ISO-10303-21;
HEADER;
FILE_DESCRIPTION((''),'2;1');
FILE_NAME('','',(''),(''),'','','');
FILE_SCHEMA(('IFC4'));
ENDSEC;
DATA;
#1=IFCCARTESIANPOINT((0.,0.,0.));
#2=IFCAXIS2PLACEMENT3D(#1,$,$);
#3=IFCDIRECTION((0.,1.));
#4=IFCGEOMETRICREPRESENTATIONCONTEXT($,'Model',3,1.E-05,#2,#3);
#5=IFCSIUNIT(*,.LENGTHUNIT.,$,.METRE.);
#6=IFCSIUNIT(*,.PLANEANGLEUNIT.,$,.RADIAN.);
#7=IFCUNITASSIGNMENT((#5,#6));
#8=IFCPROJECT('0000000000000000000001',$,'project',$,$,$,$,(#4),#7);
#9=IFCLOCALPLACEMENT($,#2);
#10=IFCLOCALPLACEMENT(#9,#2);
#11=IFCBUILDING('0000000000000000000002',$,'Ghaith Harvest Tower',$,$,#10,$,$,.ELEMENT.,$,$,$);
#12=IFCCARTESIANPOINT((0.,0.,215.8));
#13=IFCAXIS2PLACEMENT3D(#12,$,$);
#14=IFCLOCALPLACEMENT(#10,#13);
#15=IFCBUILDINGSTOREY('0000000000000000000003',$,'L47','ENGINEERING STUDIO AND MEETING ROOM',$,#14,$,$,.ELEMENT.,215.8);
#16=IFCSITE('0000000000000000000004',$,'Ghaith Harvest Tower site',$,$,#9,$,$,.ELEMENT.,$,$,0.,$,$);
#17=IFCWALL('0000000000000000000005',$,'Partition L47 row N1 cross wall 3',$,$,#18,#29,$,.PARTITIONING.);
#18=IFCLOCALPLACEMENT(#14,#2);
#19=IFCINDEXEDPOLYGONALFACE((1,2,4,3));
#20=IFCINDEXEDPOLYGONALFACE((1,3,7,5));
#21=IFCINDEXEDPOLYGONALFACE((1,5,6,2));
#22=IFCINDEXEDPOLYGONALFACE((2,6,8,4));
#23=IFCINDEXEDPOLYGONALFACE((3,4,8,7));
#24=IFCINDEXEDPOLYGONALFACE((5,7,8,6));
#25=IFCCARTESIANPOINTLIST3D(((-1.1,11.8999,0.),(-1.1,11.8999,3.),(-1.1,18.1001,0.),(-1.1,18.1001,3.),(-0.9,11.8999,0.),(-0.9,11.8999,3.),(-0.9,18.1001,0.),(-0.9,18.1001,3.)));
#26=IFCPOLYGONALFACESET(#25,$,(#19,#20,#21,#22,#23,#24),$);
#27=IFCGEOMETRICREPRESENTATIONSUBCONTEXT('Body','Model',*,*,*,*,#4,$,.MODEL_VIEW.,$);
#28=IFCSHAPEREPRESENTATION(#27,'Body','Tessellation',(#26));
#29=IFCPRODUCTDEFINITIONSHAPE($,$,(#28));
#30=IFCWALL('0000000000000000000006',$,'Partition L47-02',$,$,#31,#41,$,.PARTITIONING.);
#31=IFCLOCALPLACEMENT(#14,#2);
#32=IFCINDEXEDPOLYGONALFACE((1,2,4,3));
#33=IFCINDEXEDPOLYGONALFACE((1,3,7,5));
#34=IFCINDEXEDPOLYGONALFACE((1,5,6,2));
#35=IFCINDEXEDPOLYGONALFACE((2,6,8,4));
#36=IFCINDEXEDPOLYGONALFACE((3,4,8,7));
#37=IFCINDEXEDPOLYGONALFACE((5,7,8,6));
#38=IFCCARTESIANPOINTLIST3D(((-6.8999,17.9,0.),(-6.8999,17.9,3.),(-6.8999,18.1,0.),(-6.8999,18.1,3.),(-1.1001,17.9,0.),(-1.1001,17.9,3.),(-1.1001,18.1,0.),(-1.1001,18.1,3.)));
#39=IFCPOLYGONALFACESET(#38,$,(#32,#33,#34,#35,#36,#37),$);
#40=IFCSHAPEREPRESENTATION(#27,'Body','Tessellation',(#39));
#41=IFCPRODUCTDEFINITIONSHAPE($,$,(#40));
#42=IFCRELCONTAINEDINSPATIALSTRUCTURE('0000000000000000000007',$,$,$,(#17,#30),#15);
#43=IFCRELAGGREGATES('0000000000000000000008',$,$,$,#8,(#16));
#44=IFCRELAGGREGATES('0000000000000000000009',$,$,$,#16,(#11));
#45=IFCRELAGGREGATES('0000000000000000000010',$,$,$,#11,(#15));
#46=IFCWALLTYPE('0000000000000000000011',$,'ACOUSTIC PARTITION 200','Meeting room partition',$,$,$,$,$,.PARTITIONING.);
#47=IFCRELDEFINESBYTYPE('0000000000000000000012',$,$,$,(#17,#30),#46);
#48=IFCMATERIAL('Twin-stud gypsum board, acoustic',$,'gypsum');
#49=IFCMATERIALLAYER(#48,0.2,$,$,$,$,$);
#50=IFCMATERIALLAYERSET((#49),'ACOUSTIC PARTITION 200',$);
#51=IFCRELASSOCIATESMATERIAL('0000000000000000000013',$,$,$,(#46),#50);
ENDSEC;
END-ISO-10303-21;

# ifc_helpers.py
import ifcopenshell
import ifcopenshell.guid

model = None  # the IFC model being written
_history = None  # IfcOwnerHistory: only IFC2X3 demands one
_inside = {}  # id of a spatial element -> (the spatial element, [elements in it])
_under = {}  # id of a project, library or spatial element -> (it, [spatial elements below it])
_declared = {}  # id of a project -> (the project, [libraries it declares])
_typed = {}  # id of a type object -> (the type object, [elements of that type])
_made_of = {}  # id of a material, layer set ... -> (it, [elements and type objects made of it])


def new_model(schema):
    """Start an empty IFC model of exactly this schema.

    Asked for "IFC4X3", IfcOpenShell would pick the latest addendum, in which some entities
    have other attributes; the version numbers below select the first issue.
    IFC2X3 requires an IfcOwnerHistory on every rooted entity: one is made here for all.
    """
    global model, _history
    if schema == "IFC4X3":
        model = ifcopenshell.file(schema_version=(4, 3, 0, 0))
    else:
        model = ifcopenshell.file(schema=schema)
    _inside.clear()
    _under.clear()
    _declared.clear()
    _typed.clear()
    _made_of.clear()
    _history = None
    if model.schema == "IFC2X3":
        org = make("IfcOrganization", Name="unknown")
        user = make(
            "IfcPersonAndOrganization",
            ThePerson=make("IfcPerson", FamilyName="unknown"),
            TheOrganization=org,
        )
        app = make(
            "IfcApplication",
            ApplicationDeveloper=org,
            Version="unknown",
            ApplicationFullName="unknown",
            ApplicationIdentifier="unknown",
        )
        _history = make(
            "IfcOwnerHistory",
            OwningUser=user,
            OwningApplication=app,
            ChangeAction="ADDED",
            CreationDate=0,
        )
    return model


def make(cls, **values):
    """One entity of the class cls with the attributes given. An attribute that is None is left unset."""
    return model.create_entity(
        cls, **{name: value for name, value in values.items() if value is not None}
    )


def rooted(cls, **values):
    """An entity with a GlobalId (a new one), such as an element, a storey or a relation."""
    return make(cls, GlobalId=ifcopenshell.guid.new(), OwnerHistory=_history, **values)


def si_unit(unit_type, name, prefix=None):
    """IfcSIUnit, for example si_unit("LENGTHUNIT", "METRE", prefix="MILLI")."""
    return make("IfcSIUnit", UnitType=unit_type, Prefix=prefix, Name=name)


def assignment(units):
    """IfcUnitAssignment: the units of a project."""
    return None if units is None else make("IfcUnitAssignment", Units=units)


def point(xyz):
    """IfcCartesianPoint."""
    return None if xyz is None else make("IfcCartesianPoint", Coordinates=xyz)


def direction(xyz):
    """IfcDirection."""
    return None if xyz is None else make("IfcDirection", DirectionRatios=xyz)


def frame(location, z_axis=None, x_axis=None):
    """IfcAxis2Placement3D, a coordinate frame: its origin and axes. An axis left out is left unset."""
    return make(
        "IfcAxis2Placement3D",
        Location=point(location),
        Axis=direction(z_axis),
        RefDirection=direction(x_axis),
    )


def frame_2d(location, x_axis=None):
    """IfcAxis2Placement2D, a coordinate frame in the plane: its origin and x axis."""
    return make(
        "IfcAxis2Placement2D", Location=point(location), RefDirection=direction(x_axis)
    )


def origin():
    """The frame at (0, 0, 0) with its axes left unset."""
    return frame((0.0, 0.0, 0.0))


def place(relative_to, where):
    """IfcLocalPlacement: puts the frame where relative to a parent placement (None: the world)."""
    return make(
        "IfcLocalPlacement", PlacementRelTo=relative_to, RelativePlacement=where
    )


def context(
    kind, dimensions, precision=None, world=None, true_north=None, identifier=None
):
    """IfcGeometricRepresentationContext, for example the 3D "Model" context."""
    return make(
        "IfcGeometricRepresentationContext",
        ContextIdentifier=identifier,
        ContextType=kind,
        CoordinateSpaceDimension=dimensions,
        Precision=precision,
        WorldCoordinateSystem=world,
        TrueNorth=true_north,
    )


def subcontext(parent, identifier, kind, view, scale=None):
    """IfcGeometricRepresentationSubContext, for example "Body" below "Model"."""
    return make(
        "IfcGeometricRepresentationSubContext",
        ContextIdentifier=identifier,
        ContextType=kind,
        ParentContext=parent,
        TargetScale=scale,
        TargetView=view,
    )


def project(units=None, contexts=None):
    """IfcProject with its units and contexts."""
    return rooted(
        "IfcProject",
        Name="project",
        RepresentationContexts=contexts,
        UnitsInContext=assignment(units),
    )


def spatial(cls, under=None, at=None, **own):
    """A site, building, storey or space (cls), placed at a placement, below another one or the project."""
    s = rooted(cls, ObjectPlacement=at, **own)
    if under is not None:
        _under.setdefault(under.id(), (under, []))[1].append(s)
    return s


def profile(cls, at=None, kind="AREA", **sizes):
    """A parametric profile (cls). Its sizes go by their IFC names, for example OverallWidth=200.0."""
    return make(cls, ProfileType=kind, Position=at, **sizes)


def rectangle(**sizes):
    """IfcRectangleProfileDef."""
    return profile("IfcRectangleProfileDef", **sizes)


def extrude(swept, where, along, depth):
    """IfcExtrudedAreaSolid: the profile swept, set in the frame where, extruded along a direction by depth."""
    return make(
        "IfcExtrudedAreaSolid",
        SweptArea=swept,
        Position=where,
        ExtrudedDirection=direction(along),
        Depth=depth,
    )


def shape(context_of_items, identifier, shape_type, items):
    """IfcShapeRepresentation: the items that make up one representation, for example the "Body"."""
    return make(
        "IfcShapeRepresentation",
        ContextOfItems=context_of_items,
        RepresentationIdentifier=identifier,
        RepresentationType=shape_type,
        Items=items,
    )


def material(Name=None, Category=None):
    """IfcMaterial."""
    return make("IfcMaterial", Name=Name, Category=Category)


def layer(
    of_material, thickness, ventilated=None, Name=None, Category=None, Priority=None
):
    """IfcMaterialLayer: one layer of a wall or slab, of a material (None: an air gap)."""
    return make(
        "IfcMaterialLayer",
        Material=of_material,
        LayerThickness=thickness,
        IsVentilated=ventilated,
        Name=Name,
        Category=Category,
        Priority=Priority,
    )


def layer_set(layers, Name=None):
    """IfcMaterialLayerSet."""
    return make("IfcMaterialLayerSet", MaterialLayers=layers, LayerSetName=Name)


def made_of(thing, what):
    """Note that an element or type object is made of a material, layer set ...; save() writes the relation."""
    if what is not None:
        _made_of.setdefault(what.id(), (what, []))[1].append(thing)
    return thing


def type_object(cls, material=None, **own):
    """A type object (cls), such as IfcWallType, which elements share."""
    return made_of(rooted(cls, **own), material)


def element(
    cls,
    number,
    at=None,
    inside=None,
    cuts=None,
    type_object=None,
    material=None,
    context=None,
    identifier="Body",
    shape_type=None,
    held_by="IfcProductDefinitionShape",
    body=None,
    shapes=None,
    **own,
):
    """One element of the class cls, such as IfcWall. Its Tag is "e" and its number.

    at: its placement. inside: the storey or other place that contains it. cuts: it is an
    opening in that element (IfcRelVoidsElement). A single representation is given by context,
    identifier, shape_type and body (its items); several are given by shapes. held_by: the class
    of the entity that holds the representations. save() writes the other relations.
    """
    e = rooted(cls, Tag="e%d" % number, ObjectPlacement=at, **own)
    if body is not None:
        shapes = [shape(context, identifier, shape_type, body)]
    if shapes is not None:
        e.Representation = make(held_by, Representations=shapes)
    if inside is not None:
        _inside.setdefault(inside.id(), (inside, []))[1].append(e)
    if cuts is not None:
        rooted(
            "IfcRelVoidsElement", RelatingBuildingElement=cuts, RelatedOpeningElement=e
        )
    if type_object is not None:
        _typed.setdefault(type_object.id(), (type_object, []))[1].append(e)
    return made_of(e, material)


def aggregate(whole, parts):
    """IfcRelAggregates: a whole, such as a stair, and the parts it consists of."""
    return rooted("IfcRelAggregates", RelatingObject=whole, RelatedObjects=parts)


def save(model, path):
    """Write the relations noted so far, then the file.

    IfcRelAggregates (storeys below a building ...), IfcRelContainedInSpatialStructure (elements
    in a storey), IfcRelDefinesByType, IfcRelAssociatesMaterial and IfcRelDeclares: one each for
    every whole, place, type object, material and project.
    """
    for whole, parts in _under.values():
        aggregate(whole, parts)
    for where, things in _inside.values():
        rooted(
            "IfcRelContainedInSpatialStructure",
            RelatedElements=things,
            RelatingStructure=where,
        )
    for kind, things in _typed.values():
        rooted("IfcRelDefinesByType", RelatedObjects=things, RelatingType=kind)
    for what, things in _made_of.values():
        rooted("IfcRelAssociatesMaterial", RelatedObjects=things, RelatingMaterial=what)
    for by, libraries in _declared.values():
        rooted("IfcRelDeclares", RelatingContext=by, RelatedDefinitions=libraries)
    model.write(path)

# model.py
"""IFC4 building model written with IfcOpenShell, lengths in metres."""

from ifc_helpers import new_model, si_unit, direction, frame, frame_2d, origin, place, context, subcontext, project, spatial, rectangle, extrude, material, layer, layer_set, type_object, element, save


model = new_model("IFC4")

# Units and contexts
model_context = context("Model", 3, precision=1e-05, world=origin(), true_north=direction((0.0, 1.0)))
body_context = subcontext(model_context, "Body", "Model", "MODEL_VIEW")
ifc_project = project(units=[si_unit("LENGTHUNIT", "METRE"), si_unit("PLANEANGLEUNIT", "RADIAN")], contexts=[model_context])

# Site, building, storey
site_placement = place(None, origin())
site = spatial("IfcSite", under=ifc_project, at=site_placement, Name="Ghaith Harvest Tower site", CompositionType="ELEMENT", RefElevation=0.0)
building_placement = place(site_placement, origin())
building = spatial("IfcBuilding", under=site, at=building_placement, Name="Ghaith Harvest Tower", CompositionType="ELEMENT")
storey_placement = place(building_placement, frame((0.0, 0.0, 215.8)))
storey = spatial("IfcBuildingStorey", under=building, at=storey_placement, Name="L47", Description="ENGINEERING STUDIO AND MEETING ROOM", CompositionType="ELEMENT", Elevation=215.8)

# Wall
ifc_material_1 = material(Name="Twin-stud gypsum board, acoustic", Category="gypsum")
ifc_layer_1 = layer(ifc_material_1, 0.2)
ifc_layer_set_1 = layer_set([ifc_layer_1], Name="ACOUSTIC PARTITION 200")
wall_type = type_object("IfcWallType", Name="ACOUSTIC PARTITION 200", Description="Meeting room partition", PredefinedType="PARTITIONING", material=ifc_layer_set_1)
for number, where, z_axis, x_axis, name in (
    (1, (-1.0, 11.8999, 0.0), (0.0, 0.0, 1.0), (0.0, 1.0, 0.0), "Partition L47 row N1 cross wall 3"),
):
    element("IfcWall", number, at=place(storey_placement, frame(where, z_axis=z_axis, x_axis=x_axis)), inside=storey, type_object=wall_type, Name=name, PredefinedType="PARTITIONING", context=body_context, shape_type="SweptSolid", body=[
        extrude(rectangle(XDim=6.2002, YDim=0.2, at=frame_2d((3.1001, 0.0))), origin(), (0.0, 0.0, 1.0), 3.0),
    ])

# Wall
wall_1_placement = place(storey_placement, frame((-6.8999, 18.0, 0.0), z_axis=(0.0, 0.0, 1.0), x_axis=(1.0, 0.0, 0.0)))
element("IfcWall", 2, at=wall_1_placement, inside=storey, type_object=wall_type, Name="Partition L47-02", PredefinedType="PARTITIONING", context=body_context, shape_type="SweptSolid", body=[
    extrude(rectangle(XDim=5.7998, YDim=0.2, at=frame_2d((2.8999, 0.0))), origin(), (0.0, 0.0, 1.0), 3.0),
])

save(model, "model.ifc")
